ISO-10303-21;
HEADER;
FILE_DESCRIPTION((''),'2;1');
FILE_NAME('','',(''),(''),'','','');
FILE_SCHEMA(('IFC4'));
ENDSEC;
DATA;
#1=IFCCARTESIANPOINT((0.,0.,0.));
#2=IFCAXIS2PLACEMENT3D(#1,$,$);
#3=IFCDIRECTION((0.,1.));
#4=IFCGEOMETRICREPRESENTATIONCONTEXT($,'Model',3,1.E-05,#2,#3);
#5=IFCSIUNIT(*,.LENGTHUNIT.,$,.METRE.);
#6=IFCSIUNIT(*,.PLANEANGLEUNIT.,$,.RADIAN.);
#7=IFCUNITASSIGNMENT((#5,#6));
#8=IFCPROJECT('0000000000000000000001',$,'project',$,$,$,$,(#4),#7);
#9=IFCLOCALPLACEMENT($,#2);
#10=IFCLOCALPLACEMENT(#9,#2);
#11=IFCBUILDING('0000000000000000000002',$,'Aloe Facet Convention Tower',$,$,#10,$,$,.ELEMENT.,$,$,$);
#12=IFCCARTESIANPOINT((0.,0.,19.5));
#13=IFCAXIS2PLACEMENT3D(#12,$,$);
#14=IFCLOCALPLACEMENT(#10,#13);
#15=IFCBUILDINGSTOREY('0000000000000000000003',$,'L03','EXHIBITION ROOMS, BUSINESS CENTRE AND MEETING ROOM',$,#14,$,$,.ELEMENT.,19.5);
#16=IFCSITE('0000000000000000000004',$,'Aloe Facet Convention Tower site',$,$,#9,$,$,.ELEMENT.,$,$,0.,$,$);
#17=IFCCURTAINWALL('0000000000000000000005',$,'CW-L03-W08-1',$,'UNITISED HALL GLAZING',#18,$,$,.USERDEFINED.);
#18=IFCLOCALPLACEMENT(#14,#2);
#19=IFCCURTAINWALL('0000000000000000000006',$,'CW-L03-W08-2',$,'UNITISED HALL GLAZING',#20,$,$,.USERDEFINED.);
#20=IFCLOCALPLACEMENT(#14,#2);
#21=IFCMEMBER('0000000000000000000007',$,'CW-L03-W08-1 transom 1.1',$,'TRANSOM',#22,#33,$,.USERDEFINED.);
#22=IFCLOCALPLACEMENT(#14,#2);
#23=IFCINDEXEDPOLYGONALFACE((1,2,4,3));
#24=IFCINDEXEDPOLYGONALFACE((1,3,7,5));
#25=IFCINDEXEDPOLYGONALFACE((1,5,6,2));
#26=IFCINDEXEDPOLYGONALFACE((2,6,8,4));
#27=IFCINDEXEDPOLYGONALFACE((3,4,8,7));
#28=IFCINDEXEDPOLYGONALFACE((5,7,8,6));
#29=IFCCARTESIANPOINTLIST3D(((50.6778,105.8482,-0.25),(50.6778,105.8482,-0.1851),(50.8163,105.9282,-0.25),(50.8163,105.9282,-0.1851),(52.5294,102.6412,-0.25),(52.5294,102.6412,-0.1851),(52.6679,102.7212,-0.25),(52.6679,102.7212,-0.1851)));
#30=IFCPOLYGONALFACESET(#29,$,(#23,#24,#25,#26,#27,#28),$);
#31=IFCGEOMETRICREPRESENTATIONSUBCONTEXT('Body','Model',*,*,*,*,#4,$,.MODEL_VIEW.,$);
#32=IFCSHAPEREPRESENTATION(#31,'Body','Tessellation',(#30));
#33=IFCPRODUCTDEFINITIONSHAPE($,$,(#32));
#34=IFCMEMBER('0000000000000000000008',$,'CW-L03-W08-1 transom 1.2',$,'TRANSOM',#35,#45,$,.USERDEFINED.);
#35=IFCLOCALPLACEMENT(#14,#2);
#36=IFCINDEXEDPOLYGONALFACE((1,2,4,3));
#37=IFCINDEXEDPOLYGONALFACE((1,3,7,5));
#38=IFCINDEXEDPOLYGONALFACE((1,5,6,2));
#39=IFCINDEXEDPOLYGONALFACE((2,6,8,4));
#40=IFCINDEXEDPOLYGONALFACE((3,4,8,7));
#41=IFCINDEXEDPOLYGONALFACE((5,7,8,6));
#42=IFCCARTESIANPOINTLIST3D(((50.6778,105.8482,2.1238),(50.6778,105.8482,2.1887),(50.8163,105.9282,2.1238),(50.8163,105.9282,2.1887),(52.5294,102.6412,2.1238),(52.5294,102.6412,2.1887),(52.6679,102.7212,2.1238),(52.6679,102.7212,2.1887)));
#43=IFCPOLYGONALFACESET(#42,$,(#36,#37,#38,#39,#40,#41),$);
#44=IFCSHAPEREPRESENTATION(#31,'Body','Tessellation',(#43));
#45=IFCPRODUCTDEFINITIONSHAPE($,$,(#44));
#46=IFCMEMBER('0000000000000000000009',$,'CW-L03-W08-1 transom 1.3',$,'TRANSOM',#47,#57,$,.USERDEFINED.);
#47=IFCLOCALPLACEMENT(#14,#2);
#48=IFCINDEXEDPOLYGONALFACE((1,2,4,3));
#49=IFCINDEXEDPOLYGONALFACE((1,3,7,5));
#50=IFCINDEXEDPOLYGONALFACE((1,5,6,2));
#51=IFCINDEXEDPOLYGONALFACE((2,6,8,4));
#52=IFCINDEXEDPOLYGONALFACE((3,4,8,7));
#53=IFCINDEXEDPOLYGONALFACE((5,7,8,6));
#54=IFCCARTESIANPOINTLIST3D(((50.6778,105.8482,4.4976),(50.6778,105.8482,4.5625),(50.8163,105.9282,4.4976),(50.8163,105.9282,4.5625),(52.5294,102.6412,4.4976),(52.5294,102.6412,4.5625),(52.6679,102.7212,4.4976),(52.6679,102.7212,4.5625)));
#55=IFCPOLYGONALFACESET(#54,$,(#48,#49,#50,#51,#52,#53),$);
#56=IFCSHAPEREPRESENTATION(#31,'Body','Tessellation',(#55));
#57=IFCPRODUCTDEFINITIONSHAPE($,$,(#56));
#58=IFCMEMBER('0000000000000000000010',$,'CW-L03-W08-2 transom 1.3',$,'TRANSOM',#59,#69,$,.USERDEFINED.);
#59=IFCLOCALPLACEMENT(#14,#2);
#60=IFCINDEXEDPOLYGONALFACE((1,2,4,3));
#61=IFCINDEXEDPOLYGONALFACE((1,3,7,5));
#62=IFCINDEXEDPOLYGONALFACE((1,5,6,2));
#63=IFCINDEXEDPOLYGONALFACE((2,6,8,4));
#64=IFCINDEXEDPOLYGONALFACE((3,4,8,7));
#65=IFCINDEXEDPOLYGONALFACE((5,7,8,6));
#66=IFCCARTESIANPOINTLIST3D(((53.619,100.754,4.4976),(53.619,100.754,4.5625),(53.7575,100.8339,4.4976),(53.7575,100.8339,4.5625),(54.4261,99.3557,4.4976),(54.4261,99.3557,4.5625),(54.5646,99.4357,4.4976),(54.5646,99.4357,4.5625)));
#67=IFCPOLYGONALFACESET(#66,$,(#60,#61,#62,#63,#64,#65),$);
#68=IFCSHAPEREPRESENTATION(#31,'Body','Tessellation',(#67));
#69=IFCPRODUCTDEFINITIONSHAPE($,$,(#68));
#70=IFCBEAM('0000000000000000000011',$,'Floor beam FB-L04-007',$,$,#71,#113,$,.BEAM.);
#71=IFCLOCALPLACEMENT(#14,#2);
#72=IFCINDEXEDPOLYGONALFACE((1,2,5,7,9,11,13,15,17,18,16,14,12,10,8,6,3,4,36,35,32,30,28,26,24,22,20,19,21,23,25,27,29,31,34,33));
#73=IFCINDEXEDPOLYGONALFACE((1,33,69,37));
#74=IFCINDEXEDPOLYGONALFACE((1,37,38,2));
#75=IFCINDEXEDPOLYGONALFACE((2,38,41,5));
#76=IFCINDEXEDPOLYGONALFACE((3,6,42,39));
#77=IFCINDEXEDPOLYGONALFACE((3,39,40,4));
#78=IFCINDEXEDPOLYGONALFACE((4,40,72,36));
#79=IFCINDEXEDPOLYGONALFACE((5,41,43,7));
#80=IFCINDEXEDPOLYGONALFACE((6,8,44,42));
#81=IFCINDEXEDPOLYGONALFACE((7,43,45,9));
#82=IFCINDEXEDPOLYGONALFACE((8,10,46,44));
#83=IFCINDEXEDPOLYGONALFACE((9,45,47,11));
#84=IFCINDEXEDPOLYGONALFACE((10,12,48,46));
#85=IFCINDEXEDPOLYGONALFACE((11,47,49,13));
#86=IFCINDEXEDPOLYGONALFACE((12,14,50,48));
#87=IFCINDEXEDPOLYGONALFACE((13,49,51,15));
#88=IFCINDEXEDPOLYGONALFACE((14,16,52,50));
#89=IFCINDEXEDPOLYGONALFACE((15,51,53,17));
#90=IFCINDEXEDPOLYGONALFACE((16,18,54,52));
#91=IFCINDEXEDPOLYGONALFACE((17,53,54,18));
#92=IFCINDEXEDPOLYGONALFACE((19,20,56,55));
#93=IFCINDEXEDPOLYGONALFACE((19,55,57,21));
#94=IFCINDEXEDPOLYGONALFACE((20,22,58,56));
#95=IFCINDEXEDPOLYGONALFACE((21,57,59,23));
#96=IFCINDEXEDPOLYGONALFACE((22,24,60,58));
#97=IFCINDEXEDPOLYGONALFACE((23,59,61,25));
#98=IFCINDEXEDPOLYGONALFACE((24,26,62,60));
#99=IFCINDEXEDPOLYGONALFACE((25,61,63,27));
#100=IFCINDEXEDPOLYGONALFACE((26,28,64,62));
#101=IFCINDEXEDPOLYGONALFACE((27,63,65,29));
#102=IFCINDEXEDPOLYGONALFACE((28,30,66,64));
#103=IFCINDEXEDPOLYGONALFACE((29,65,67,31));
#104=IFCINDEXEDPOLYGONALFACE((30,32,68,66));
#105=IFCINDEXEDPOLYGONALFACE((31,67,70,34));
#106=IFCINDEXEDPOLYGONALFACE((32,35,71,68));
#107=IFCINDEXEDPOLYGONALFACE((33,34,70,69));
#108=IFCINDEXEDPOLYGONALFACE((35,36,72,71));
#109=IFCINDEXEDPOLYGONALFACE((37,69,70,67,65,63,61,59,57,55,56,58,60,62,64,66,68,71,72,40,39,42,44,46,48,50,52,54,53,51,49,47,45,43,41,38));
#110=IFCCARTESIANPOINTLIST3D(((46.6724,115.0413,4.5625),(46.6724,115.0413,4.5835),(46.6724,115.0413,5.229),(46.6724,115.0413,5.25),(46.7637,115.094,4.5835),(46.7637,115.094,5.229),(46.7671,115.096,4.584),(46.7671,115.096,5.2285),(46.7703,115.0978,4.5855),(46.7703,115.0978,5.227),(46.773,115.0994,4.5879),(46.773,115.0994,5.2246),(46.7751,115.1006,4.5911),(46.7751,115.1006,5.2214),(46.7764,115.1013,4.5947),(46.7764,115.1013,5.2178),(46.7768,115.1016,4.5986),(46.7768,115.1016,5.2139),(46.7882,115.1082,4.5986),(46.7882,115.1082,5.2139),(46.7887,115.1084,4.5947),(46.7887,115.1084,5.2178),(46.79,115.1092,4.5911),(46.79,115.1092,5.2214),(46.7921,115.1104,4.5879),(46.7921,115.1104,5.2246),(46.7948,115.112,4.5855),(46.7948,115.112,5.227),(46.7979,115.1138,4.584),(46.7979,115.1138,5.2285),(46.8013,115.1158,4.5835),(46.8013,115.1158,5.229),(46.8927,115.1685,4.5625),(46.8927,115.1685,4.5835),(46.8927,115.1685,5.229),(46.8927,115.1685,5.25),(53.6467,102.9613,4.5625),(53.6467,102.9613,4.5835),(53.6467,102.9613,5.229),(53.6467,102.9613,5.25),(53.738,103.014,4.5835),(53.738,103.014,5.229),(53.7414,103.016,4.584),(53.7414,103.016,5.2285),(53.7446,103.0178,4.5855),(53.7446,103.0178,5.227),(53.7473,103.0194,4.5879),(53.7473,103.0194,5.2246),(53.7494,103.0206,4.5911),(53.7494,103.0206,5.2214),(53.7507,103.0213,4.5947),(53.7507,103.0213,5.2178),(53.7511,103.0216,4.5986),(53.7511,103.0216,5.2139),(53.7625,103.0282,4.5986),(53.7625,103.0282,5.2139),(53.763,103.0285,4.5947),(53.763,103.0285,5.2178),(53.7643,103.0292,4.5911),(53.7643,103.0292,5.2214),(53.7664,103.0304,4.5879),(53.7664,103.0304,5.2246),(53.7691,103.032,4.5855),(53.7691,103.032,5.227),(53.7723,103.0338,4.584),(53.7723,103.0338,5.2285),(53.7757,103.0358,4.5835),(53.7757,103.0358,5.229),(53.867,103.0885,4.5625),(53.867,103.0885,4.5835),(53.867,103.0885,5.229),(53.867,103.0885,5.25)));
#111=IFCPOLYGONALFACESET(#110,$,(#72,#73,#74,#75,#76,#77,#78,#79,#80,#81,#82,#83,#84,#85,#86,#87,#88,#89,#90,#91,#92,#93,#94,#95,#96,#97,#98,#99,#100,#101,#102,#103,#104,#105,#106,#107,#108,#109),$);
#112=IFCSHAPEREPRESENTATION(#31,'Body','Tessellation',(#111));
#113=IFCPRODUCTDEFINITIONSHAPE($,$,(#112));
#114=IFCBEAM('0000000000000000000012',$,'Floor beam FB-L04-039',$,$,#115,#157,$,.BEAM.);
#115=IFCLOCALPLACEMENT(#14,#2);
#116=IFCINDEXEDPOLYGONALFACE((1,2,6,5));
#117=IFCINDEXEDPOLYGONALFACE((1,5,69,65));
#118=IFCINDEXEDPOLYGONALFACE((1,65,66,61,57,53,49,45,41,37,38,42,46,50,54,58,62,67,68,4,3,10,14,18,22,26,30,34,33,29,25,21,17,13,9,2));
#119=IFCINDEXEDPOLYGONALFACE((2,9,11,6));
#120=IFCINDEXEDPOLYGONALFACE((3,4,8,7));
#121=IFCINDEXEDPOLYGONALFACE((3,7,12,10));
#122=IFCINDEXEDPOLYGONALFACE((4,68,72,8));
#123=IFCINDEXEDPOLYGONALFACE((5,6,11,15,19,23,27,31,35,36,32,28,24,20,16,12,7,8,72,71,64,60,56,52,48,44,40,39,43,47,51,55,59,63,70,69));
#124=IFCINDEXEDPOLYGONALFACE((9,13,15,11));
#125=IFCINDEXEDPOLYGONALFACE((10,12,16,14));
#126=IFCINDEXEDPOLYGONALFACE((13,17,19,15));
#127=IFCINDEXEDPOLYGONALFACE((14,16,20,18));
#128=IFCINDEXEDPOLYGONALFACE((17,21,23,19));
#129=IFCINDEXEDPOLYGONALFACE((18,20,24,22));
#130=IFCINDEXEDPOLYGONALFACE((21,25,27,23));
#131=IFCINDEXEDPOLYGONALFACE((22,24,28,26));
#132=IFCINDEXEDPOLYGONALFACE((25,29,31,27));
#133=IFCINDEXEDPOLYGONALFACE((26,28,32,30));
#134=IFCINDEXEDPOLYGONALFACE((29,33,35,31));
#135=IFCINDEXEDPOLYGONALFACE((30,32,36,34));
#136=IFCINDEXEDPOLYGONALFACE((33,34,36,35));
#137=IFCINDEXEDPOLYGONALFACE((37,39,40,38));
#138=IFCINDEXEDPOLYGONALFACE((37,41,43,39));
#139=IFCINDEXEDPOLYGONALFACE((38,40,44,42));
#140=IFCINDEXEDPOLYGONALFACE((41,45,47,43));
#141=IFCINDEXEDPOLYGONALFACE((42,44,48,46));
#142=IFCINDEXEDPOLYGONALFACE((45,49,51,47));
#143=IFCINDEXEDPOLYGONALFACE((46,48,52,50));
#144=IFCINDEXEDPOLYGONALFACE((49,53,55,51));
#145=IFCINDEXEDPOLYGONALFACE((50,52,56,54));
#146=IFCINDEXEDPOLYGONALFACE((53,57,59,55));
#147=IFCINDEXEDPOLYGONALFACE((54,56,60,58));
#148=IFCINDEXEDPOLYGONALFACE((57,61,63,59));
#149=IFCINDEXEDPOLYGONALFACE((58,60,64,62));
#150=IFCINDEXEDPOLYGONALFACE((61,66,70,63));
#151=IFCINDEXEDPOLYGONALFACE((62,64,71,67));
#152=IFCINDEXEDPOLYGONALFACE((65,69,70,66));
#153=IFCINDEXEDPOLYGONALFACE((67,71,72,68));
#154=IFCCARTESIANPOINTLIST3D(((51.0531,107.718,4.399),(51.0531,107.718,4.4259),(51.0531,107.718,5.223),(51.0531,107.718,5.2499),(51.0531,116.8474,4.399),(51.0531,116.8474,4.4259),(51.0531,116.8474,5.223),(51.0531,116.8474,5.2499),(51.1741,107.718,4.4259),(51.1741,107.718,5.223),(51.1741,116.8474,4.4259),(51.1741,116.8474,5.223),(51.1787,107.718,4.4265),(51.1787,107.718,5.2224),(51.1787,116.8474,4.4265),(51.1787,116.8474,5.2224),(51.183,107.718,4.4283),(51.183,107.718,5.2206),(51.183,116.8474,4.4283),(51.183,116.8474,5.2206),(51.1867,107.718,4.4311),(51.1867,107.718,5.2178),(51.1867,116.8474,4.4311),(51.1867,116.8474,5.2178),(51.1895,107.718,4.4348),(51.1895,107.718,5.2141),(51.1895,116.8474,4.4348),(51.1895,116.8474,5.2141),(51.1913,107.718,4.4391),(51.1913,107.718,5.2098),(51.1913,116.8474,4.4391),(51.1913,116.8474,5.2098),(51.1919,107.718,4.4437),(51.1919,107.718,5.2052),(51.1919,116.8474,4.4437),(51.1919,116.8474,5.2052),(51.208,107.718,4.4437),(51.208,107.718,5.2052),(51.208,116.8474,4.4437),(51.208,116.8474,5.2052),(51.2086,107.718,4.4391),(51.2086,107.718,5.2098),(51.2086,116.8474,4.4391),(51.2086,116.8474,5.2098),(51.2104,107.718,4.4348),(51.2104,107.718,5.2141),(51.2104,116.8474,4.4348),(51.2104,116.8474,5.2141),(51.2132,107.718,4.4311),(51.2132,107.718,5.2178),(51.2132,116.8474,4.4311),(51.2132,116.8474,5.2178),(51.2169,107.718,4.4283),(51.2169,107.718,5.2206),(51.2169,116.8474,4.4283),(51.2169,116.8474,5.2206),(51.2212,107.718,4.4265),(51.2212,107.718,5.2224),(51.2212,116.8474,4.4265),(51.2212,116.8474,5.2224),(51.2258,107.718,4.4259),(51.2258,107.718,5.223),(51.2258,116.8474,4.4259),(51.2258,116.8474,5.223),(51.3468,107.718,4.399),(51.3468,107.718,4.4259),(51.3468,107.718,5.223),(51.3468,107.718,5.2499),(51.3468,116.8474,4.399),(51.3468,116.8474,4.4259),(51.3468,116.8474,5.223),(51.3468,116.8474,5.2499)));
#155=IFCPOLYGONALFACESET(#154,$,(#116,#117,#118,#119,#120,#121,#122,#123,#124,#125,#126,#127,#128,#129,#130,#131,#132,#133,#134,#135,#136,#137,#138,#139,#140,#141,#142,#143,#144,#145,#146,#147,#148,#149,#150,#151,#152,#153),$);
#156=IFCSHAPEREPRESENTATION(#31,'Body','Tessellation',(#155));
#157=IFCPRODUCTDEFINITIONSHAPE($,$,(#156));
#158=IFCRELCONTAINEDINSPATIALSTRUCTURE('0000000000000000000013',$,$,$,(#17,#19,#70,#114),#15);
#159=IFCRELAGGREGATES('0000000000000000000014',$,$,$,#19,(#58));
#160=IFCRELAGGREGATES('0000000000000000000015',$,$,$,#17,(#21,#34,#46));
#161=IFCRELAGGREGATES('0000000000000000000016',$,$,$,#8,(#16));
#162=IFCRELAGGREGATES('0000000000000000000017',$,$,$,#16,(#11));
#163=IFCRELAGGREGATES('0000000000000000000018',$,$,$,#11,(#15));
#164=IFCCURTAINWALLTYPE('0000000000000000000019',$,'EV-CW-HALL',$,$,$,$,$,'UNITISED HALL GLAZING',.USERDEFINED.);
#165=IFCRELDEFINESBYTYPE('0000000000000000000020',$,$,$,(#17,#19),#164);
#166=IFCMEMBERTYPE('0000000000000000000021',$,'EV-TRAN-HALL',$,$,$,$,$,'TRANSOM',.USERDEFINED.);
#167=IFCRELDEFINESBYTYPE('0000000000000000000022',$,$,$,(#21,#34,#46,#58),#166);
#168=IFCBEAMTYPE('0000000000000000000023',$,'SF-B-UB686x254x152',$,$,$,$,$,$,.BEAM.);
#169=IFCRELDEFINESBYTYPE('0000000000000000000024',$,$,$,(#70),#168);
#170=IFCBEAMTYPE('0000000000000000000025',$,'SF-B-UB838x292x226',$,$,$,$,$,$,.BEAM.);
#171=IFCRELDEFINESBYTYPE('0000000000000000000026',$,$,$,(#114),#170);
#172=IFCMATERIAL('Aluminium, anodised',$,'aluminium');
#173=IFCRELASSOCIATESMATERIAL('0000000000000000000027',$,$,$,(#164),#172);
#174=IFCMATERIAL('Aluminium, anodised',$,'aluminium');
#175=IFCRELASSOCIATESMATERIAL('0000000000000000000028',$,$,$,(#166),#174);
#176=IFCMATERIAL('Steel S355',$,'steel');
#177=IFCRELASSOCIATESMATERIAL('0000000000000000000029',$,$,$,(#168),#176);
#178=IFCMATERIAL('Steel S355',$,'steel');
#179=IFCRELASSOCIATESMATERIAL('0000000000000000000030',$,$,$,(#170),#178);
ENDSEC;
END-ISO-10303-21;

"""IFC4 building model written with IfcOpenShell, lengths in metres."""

from ifc_helpers import new_model, si_unit, direction, frame, origin, origin_2d, place, context, subcontext, project, spatial, rectangle, i_section, extrude, material, material_profile, profile_set, type_object, element, aggregate, save


model = new_model("IFC4")

# Units and contexts
model_context = context("Model", 3, precision=1e-05, world=origin(), true_north=direction((0.0, 1.0)))
body_context = subcontext(model_context, "Body", "Model", "MODEL_VIEW")
ifc_project = project(units=[si_unit("LENGTHUNIT", "METRE"), si_unit("PLANEANGLEUNIT", "RADIAN")], contexts=[model_context])

# Site, building, storey
site_placement = place(None, origin())
site = spatial("IfcSite", under=ifc_project, at=site_placement, Name="Aloe Facet Convention Tower site", CompositionType="ELEMENT", RefElevation=0.0)
building_placement = place(site_placement, origin())
building = spatial("IfcBuilding", under=site, at=building_placement, Name="Aloe Facet Convention Tower", CompositionType="ELEMENT")
storey_placement = place(building_placement, frame((0.0, 0.0, 19.5)))
storey = spatial("IfcBuildingStorey", under=building, at=storey_placement, Name="L03", Description="EXHIBITION ROOMS, BUSINESS CENTRE AND MEETING ROOM", CompositionType="ELEMENT", Elevation=19.5)

# Curtain wall
ifc_material_1 = material(Name="Aluminium, anodised", Category="aluminium")
curtain_wall_type = type_object("IfcCurtainWallType", Name="EV-CW-HALL", ElementType="UNITISED HALL GLAZING", PredefinedType="USERDEFINED", material=ifc_material_1)
curtain_wall_1_placement = place(storey_placement, origin())
curtain_wall_1 = element("IfcCurtainWall", 1, at=curtain_wall_1_placement, inside=storey, type_object=curtain_wall_type, Name="CW-L03-W08-1", ObjectType="UNITISED HALL GLAZING", PredefinedType="USERDEFINED")

# Curtain wall
curtain_wall_2_placement = place(storey_placement, origin())
curtain_wall_2 = element("IfcCurtainWall", 2, at=curtain_wall_2_placement, inside=storey, type_object=curtain_wall_type, Name="CW-L03-W08-2", ObjectType="UNITISED HALL GLAZING", PredefinedType="USERDEFINED")

# Members
ifc_material_2 = material(Name="Aluminium, anodised", Category="aluminium")
ifc_material_profile_1 = material_profile(ifc_material_2, rectangle(XDim=0.1599, YDim=0.0649, at=origin_2d()), Name="AL 160x65")
ifc_profile_set_1 = profile_set([ifc_material_profile_1], Name="Aluminium, anodised")
member_type_1 = type_object("IfcMemberType", Name="EV-TRAN-HALL", ElementType="TRANSOM", PredefinedType="USERDEFINED", material=ifc_profile_set_1)
member_1_placement = place(storey_placement, frame((50.7471, 105.8882, -0.2175), z_axis=(0.499996, -0.866027, 0.0), x_axis=(0.866027, 0.499996, 0.0)))
member_1 = element("IfcMember", 3, at=member_1_placement, type_object=member_type_1, Name="CW-L03-W08-1 transom 1.1", ObjectType="TRANSOM", PredefinedType="USERDEFINED", context=body_context, shape_type="SweptSolid", body=[
    extrude(rectangle(XDim=0.1599, YDim=0.0649, at=origin_2d()), origin(), (0.0, 0.0, 1.0), 3.7031),
])
member_2_placement = place(storey_placement, frame((50.7471, 105.8882, 2.1562), z_axis=(0.499996, -0.866027, 0.0), x_axis=(0.866027, 0.499996, 0.0)))
member_2 = element("IfcMember", 4, at=member_2_placement, type_object=member_type_1, Name="CW-L03-W08-1 transom 1.2", ObjectType="TRANSOM", PredefinedType="USERDEFINED", context=body_context, shape_type="SweptSolid", body=[
    extrude(rectangle(XDim=0.1599, YDim=0.0649, at=origin_2d()), origin(), (0.0, 0.0, 1.0), 3.7031),
])
member_3_placement = place(storey_placement, frame((50.7471, 105.8882, 4.53), z_axis=(0.499996, -0.866027, 0.0), x_axis=(0.866027, 0.499996, 0.0)))
member_3 = element("IfcMember", 5, at=member_3_placement, type_object=member_type_1, Name="CW-L03-W08-1 transom 1.3", ObjectType="TRANSOM", PredefinedType="USERDEFINED", context=body_context, shape_type="SweptSolid", body=[
    extrude(rectangle(XDim=0.1599, YDim=0.0649, at=origin_2d()), origin(), (0.0, 0.0, 1.0), 3.7031),
])
member_4_placement = place(storey_placement, frame((53.6882, 100.7939, 4.53), z_axis=(0.499945, -0.866057, 0.0), x_axis=(0.866057, 0.499945, 0.0)))
member_4 = element("IfcMember", 6, at=member_4_placement, type_object=member_type_1, Name="CW-L03-W08-2 transom 1.3", ObjectType="TRANSOM", PredefinedType="USERDEFINED", context=body_context, shape_type="SweptSolid", body=[
    extrude(rectangle(XDim=0.1599, YDim=0.0649, at=origin_2d()), origin(), (0.0, 0.0, 1.0), 1.6145),
])
aggregate(curtain_wall_2, [member_4])

# Beams
ifc_material_3 = material(Name="Steel S355", Category="steel")
ifc_material_profile_2 = material_profile(ifc_material_3, i_section(OverallWidth=0.2544, OverallDepth=0.6875, WebThickness=0.0132, FlangeThickness=0.021, FilletRadius=0.0151, at=origin_2d()), Name="UB 686x254x152")
ifc_profile_set_2 = profile_set([ifc_material_profile_2], Name="Steel S355")
beam_type_1 = type_object("IfcBeamType", Name="SF-B-UB686x254x152", PredefinedType="BEAM", material=ifc_profile_set_2)
beam_1_placement = place(storey_placement, frame((53.7568, 103.0249, 4.9062), z_axis=(-0.499996, 0.866028, 0.0), x_axis=(-0.866028, -0.499996, 0.0)))
element("IfcBeam", 7, at=beam_1_placement, inside=storey, type_object=beam_type_1, Name="Floor beam FB-L04-007", PredefinedType="BEAM", context=body_context, shape_type="SweptSolid", body=[
    extrude(i_section(OverallWidth=0.2544, OverallDepth=0.6875, WebThickness=0.0132, FlangeThickness=0.021, FilletRadius=0.0151, at=origin_2d()), origin(), (0.0, 0.0, 1.0), 13.9487),
])
ifc_material_4 = material(Name="Steel S355", Category="steel")
ifc_material_profile_3 = material_profile(ifc_material_4, i_section(OverallWidth=0.2937, OverallDepth=0.8508, WebThickness=0.0161, FlangeThickness=0.0269, FilletRadius=0.0178, at=origin_2d()), Name="UB 838x292x226")
ifc_profile_set_3 = profile_set([ifc_material_profile_3], Name="Steel S355")
beam_type_2 = type_object("IfcBeamType", Name="SF-B-UB838x292x226", PredefinedType="BEAM", material=ifc_profile_set_3)
beam_2_placement = place(storey_placement, frame((51.2, 107.718, 4.8245), z_axis=(0.0, 1.0, 0.0), x_axis=(-1.0, 0.0, 0.0)))
element("IfcBeam", 8, at=beam_2_placement, inside=storey, type_object=beam_type_2, Name="Floor beam FB-L04-039", PredefinedType="BEAM", context=body_context, shape_type="SweptSolid", body=[
    extrude(i_section(OverallWidth=0.2937, OverallDepth=0.8508, WebThickness=0.0161, FlangeThickness=0.0269, FilletRadius=0.0178, at=origin_2d()), origin(), (0.0, 0.0, 1.0), 9.1294),
])

aggregate(curtain_wall_1, [member_1, member_2, member_3])

save(model, "model.ifc")
